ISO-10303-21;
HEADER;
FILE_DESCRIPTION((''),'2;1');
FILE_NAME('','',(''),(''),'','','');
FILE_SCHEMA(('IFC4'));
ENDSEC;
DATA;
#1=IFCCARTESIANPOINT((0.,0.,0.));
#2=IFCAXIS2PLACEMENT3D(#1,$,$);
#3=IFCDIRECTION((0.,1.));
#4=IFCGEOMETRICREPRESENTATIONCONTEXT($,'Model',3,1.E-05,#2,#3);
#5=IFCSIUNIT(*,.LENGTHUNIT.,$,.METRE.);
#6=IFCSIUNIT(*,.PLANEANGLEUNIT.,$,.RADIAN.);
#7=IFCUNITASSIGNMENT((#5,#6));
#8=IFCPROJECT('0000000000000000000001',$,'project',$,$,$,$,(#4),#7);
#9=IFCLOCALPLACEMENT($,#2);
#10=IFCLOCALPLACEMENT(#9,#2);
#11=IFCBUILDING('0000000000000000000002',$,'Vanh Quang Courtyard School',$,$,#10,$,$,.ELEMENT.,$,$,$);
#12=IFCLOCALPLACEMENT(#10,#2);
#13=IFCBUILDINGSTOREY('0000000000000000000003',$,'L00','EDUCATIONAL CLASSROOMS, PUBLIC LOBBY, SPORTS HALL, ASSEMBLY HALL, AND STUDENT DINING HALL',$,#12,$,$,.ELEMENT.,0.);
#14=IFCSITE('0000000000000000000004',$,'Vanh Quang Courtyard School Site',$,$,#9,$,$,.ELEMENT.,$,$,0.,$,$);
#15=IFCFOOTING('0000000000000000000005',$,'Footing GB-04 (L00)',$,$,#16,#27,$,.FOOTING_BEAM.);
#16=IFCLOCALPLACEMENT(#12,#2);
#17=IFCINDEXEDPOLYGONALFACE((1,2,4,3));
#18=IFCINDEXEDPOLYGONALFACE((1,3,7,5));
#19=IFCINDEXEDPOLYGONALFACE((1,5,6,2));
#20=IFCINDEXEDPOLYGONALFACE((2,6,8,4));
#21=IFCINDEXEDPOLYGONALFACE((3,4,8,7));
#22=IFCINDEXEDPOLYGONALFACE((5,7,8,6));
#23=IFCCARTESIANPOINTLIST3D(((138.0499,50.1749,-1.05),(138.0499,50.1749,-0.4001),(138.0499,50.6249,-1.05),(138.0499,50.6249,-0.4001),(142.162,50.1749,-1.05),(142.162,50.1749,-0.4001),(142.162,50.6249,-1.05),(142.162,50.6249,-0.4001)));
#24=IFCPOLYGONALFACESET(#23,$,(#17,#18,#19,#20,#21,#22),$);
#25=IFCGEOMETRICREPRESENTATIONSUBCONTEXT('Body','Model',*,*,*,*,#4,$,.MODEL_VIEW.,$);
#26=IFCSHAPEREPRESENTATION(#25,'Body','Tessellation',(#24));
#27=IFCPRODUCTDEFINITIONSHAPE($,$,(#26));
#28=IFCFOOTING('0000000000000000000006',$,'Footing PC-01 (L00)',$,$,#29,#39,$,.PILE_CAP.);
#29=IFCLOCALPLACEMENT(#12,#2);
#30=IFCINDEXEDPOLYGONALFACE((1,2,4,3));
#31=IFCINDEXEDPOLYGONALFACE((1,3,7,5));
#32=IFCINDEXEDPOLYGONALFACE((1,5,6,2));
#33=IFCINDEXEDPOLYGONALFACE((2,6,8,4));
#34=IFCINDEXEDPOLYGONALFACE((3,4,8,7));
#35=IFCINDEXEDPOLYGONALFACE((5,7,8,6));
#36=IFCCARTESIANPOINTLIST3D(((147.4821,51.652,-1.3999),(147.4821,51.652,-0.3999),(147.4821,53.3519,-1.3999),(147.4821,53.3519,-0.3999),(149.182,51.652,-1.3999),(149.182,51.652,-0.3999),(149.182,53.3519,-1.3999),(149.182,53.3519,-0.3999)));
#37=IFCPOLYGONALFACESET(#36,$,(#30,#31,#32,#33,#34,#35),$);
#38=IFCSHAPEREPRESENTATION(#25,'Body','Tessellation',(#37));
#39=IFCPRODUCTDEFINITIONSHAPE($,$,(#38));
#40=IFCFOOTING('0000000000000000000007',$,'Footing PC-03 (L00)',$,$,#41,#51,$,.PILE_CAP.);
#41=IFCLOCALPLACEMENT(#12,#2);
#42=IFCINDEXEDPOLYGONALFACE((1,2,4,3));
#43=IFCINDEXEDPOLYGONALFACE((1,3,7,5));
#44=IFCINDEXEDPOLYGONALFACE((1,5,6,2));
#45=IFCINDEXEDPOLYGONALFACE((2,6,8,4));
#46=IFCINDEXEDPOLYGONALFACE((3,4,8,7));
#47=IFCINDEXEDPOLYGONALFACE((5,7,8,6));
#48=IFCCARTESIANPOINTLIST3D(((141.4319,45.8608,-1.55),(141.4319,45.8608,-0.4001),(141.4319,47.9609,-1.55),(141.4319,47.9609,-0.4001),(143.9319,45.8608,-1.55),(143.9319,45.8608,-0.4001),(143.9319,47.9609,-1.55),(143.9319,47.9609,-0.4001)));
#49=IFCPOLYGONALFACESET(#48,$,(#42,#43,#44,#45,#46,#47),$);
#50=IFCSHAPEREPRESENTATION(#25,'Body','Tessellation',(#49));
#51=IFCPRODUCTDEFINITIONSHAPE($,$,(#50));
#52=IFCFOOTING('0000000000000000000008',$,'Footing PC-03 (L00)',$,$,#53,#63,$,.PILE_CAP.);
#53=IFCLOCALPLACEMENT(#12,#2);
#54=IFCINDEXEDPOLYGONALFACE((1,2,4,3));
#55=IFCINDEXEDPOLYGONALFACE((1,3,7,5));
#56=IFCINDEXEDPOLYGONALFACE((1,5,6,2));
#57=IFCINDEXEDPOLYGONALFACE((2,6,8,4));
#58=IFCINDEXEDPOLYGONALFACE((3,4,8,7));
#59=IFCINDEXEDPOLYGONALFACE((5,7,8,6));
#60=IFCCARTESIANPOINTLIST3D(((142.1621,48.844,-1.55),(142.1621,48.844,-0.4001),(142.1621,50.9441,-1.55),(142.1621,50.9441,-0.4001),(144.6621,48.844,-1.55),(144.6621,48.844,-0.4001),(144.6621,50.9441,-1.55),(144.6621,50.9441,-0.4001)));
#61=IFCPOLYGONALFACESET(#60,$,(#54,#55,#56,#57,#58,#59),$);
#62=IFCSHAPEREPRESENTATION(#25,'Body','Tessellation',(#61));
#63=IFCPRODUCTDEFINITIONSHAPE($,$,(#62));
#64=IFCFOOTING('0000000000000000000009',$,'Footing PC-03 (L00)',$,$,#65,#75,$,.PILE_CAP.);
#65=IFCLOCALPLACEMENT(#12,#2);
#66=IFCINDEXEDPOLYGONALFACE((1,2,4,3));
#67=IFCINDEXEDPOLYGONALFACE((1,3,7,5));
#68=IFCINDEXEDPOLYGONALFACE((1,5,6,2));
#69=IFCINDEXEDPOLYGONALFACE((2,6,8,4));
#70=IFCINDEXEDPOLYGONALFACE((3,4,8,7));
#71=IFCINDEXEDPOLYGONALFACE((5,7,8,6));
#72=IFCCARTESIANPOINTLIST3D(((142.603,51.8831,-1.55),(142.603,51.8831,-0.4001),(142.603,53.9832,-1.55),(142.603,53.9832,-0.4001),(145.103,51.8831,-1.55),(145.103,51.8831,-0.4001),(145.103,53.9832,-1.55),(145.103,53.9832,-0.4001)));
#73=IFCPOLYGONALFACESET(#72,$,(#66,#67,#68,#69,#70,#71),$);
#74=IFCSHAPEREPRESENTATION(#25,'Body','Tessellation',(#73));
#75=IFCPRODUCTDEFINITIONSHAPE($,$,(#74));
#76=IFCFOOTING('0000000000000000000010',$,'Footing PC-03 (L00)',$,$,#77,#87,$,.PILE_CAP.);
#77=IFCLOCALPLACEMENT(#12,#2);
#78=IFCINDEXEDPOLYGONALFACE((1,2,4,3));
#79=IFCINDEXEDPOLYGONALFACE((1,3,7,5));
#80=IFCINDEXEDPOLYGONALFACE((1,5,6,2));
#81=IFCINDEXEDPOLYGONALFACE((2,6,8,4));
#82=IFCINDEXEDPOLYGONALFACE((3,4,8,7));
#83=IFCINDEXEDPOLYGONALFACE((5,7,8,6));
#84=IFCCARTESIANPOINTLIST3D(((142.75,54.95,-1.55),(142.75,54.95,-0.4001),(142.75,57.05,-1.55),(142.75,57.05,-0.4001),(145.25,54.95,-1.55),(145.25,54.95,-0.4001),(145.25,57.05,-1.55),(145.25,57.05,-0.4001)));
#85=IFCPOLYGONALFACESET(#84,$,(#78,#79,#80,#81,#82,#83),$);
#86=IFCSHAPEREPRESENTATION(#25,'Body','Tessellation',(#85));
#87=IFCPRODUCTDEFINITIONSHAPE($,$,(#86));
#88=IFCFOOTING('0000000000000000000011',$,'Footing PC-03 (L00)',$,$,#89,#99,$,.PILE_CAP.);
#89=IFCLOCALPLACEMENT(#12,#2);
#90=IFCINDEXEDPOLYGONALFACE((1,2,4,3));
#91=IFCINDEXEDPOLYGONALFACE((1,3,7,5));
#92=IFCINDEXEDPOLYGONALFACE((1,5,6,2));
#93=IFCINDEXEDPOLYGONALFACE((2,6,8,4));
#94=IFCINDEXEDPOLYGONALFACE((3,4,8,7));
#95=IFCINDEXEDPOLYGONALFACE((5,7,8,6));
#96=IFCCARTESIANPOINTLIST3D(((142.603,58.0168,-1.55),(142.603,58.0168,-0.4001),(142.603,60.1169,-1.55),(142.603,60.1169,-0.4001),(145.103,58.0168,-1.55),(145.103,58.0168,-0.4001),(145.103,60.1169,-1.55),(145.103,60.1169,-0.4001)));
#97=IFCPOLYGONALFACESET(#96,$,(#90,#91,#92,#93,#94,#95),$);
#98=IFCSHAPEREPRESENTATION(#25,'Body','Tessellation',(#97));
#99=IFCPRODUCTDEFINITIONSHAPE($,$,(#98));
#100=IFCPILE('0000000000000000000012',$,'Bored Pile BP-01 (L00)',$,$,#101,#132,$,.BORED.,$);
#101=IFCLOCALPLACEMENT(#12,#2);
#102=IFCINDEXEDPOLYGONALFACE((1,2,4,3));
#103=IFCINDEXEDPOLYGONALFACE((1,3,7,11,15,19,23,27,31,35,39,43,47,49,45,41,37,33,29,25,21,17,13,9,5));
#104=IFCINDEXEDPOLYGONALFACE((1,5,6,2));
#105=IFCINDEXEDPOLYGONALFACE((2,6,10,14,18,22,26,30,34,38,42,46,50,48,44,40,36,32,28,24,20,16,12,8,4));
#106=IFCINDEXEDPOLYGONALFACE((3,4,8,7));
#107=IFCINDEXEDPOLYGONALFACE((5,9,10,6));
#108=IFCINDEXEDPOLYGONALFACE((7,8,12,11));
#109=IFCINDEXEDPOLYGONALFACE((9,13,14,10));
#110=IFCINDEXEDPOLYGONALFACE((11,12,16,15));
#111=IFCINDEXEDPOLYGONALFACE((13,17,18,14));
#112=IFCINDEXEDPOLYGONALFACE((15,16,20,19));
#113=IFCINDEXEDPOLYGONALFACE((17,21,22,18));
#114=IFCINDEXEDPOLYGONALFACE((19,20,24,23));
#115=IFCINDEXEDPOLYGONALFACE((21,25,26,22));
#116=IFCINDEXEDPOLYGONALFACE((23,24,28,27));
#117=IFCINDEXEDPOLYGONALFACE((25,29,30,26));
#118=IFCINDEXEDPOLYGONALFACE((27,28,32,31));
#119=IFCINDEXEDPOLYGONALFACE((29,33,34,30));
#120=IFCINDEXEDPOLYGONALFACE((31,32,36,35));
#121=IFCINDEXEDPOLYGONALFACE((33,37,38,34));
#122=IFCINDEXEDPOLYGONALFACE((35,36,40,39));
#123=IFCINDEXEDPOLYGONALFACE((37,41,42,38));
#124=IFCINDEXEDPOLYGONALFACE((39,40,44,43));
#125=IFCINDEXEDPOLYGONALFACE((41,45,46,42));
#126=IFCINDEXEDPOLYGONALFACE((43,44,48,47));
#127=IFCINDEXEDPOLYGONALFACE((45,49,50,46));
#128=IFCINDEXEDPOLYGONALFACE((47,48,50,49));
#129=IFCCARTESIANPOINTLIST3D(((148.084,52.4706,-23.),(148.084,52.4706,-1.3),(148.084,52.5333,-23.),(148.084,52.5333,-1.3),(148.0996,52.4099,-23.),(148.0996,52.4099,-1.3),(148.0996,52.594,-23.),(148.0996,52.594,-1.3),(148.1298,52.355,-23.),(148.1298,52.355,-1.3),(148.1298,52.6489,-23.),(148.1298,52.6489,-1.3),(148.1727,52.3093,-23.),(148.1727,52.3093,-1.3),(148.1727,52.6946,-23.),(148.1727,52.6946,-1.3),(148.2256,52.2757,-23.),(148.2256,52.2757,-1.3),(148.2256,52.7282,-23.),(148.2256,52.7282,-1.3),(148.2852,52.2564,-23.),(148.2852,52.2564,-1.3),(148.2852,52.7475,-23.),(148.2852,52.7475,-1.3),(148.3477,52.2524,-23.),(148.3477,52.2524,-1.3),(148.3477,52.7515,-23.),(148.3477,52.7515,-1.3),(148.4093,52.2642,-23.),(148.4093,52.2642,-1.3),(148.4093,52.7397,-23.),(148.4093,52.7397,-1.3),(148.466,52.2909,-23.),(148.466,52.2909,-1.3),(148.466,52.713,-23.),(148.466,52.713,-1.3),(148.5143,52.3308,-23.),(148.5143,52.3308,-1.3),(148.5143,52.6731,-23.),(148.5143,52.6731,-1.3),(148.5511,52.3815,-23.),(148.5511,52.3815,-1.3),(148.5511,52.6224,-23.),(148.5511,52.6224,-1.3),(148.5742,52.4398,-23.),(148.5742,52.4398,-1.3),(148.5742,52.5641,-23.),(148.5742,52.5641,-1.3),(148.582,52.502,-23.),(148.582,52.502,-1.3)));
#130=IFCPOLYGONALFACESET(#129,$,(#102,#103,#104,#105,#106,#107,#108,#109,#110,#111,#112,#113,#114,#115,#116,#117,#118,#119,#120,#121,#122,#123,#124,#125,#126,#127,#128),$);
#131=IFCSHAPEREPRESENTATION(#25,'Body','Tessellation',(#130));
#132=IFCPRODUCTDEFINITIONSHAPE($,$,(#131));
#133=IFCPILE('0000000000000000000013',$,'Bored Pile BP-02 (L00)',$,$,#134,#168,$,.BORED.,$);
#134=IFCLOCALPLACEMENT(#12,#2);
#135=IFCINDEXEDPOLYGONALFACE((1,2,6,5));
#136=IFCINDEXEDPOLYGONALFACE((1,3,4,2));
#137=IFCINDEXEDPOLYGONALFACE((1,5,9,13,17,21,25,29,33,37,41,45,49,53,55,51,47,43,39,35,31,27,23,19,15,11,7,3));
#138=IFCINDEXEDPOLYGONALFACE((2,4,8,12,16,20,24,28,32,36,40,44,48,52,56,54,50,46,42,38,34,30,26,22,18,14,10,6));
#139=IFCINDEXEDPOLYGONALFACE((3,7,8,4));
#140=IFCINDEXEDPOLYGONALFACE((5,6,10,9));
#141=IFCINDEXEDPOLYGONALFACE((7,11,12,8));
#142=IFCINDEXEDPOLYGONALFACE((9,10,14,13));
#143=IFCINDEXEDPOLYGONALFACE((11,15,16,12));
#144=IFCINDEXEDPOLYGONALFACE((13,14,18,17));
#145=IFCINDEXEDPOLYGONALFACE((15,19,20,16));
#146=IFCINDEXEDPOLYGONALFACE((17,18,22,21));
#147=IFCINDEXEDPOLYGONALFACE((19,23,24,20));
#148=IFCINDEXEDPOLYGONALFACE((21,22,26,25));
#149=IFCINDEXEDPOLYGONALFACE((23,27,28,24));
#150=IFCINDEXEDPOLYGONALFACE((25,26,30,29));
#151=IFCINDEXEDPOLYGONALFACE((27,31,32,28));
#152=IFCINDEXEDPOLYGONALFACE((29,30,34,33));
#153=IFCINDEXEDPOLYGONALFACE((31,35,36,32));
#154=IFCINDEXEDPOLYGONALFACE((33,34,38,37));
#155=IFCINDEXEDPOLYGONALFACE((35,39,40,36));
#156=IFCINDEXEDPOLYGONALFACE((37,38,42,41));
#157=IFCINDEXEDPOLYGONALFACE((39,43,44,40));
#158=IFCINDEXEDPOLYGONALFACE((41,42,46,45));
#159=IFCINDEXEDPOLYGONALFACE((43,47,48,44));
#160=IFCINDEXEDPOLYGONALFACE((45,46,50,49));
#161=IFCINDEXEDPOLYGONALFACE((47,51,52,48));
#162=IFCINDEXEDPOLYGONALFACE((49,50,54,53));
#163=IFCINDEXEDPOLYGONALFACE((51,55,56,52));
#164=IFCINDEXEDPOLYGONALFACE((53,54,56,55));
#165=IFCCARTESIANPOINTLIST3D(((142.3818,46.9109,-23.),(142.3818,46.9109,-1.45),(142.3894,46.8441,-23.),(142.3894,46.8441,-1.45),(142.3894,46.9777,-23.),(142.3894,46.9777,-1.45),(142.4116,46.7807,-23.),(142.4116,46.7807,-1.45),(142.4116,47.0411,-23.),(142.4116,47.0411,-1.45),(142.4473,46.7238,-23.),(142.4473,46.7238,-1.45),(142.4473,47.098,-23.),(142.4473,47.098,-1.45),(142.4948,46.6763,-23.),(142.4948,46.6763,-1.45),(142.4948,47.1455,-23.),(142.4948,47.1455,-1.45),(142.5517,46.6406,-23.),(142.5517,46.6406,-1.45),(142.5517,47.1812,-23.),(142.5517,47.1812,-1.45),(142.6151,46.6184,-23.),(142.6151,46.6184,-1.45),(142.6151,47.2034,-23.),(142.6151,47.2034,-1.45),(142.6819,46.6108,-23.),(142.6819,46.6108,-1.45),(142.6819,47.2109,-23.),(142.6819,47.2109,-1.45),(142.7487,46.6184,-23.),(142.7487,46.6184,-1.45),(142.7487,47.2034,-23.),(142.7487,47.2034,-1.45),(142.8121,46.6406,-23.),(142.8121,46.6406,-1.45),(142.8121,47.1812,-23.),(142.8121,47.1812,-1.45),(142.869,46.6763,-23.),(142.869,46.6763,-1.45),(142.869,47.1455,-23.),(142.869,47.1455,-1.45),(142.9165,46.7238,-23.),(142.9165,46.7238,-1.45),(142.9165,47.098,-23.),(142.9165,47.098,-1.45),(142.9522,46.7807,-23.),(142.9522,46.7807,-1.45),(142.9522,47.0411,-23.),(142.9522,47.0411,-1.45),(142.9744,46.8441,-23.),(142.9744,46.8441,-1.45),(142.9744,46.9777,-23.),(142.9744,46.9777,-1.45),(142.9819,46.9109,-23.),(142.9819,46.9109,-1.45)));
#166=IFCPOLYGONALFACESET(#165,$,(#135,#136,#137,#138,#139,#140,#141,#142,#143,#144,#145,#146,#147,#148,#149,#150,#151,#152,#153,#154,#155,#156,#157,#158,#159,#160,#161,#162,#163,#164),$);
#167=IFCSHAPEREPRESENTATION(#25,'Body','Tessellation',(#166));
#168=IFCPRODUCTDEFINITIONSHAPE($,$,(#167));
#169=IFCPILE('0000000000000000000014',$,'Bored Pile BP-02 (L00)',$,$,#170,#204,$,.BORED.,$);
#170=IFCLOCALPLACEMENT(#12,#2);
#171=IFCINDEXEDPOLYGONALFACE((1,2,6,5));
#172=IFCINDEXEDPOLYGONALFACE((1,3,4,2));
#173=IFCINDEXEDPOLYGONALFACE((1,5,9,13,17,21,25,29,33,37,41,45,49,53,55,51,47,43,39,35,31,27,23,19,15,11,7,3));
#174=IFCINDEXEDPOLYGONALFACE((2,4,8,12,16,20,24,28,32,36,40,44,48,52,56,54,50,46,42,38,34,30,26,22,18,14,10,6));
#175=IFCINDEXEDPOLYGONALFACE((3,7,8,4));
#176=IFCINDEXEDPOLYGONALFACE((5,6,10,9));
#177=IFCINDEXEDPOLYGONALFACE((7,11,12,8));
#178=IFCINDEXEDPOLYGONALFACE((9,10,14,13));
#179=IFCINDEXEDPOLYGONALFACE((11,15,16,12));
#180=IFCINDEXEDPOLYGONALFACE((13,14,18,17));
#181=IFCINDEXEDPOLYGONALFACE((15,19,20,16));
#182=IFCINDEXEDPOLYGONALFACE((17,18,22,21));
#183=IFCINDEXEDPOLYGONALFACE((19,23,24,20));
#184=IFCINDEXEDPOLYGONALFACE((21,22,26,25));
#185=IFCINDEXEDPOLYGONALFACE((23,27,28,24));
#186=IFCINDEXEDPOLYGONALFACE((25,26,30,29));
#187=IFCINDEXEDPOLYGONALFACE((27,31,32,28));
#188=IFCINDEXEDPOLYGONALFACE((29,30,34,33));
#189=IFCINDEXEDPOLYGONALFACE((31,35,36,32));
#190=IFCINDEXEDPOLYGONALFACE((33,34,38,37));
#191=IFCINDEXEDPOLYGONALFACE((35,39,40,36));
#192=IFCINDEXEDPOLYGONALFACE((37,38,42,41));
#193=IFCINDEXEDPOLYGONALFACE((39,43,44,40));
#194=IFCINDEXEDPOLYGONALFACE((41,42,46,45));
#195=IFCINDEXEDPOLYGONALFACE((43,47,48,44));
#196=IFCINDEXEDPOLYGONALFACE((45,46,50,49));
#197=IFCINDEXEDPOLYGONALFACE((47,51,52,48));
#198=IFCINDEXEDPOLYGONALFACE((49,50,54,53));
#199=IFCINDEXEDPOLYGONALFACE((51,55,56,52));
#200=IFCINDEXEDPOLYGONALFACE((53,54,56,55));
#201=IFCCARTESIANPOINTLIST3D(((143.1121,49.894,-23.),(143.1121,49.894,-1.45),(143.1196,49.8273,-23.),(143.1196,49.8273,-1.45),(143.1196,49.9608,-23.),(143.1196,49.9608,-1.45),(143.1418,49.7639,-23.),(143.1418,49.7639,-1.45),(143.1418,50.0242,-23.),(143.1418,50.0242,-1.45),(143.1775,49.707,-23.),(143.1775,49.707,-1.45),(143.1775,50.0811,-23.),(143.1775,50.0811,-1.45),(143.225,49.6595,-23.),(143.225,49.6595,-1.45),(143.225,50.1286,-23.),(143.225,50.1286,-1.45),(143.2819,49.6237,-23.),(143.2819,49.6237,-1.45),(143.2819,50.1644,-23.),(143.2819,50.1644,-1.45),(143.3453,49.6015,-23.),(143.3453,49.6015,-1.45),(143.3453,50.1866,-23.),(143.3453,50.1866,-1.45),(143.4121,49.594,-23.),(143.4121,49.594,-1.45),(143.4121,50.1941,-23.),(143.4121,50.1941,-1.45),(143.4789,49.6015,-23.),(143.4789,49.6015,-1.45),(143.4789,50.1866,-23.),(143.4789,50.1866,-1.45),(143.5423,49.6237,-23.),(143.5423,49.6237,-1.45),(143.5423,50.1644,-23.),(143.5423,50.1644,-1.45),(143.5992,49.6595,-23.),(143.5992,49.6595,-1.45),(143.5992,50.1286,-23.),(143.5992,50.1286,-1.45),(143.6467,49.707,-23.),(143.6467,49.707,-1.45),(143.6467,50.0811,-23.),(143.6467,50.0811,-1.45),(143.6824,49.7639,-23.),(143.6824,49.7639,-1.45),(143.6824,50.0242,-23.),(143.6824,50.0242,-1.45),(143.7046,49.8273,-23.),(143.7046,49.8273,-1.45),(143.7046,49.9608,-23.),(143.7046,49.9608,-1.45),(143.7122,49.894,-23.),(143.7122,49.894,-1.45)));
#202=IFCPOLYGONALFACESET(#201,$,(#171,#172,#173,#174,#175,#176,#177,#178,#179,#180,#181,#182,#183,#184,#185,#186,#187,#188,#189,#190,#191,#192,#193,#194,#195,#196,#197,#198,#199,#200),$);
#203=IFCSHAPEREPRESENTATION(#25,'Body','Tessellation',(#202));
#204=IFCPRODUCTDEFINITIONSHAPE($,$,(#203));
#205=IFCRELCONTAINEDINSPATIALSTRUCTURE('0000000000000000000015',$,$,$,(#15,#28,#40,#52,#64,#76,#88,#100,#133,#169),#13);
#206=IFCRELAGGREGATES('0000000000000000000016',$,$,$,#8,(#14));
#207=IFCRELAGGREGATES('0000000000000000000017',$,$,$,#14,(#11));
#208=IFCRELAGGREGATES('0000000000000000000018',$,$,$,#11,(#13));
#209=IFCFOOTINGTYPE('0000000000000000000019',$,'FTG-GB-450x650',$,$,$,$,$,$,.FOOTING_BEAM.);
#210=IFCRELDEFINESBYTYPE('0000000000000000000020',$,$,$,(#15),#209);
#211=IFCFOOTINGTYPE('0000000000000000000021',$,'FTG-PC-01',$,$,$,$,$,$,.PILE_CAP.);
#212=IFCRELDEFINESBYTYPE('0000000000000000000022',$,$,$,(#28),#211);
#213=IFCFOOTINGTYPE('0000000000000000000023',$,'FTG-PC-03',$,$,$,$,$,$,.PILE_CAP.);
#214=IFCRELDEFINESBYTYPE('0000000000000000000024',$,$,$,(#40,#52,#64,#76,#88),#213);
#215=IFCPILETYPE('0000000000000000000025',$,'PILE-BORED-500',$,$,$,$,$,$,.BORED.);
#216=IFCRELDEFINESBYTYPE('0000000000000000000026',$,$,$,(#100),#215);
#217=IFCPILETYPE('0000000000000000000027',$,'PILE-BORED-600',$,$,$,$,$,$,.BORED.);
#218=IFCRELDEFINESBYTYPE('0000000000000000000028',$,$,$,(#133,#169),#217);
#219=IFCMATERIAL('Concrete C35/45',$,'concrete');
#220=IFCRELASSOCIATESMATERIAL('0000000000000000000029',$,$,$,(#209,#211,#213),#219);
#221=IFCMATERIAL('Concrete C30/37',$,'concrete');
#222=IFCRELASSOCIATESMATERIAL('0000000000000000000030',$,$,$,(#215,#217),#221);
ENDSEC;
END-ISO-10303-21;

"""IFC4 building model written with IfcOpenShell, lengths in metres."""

from ifc_helpers import new_model, si_unit, direction, frame, origin, origin_2d, place, context, subcontext, project, spatial, rectangle, circle, extrude, material, material_profile, profile_set, type_object, element, save


model = new_model("IFC4")

# Units and contexts
model_context = context("Model", 3, precision=1e-05, world=origin(), true_north=direction((0.0, 1.0)))
body_context = subcontext(model_context, "Body", "Model", "MODEL_VIEW")
ifc_project = project(units=[si_unit("LENGTHUNIT", "METRE"), si_unit("PLANEANGLEUNIT", "RADIAN")], contexts=[model_context])

# Site, building, storey
site_placement = place(None, origin())
site = spatial("IfcSite", under=ifc_project, at=site_placement, Name="Vanh Quang Courtyard School Site", CompositionType="ELEMENT", RefElevation=0.0)
building_placement = place(site_placement, origin())
building = spatial("IfcBuilding", under=site, at=building_placement, Name="Vanh Quang Courtyard School", CompositionType="ELEMENT")
storey_placement = place(building_placement, origin())
storey = spatial("IfcBuildingStorey", under=building, at=storey_placement, Name="L00", Description="EDUCATIONAL CLASSROOMS, PUBLIC LOBBY, SPORTS HALL, ASSEMBLY HALL, AND STUDENT DINING HALL", CompositionType="ELEMENT", Elevation=0.0)

# Footings
ifc_material_1 = material(Name="Concrete C35/45", Category="concrete")
footing_type_1 = type_object("IfcFootingType", Name="FTG-GB-450x650", PredefinedType="FOOTING_BEAM", material=ifc_material_1)
footing_1_placement = place(storey_placement, frame((140.106, 50.3999, -1.05), z_axis=(0.0, 0.0, 1.0), x_axis=(1.0, 0.0, 0.0)))
element("IfcFooting", 1, at=footing_1_placement, inside=storey, type_object=footing_type_1, Name="Footing GB-04 (L00)", PredefinedType="FOOTING_BEAM", context=body_context, shape_type="SweptSolid", body=[
    extrude(rectangle(XDim=4.1121, YDim=0.45, at=origin_2d()), origin(), (0.0, 0.0, 1.0), 0.6499),
])
footing_type_2 = type_object("IfcFootingType", Name="FTG-PC-01", PredefinedType="PILE_CAP", material=ifc_material_1)
footing_2_placement = place(storey_placement, frame((148.332, 52.502, -1.3999), z_axis=(0.0, 0.0, 1.0), x_axis=(1.0, 0.0, 0.0)))
element("IfcFooting", 2, at=footing_2_placement, inside=storey, type_object=footing_type_2, Name="Footing PC-01 (L00)", PredefinedType="PILE_CAP", context=body_context, shape_type="SweptSolid", body=[
    extrude(rectangle(XDim=1.7, YDim=1.7, at=origin_2d()), origin(), (0.0, 0.0, 1.0), 1.0),
])
footing_type_3 = type_object("IfcFootingType", Name="FTG-PC-03", PredefinedType="PILE_CAP", material=ifc_material_1)
for number, where, z_axis, x_axis, name in (
    (3, (142.6819, 46.9109, -1.55), (0.0, 0.0, 1.0), (1.0, 0.0, 0.0), "Footing PC-03 (L00)"),
    (4, (143.4121, 49.894, -1.55), (0.0, 0.0, 1.0), (1.0, 0.0, 0.0), "Footing PC-03 (L00)"),
    (5, (143.853, 52.9331, -1.55), (0.0, 0.0, 1.0), (1.0, 0.0, 0.0), "Footing PC-03 (L00)"),
    (6, (144.0, 56.0, -1.55), (0.0, 0.0, 1.0), (1.0, 0.0, 0.0), "Footing PC-03 (L00)"),
    (7, (143.853, 59.0669, -1.55), (0.0, 0.0, 1.0), (1.0, 0.0, 0.0), "Footing PC-03 (L00)"),
):
    element("IfcFooting", number, at=place(storey_placement, frame(where, z_axis=z_axis, x_axis=x_axis)), inside=storey, type_object=footing_type_3, Name=name, PredefinedType="PILE_CAP", context=body_context, shape_type="SweptSolid", body=[
        extrude(rectangle(XDim=2.5, YDim=2.1001, at=origin_2d()), origin(), (0.0, 0.0, 1.0), 1.1499),
    ])

# Piles
ifc_material_2 = material(Name="Concrete C30/37", Category="concrete")
ifc_material_profile_1 = material_profile(ifc_material_2, circle(Radius=0.25, at=origin_2d()), Name="PILE D500")
ifc_profile_set_1 = profile_set([ifc_material_profile_1], Name="Concrete C30/37")
pile_type_1 = type_object("IfcPileType", Name="PILE-BORED-500", PredefinedType="BORED", material=ifc_profile_set_1)
pile_placement = place(storey_placement, frame((148.332, 52.502, -1.3), z_axis=(0.0, 0.0, -1.0), x_axis=(1.0, 0.0, 0.0)))
element("IfcPile", 8, at=pile_placement, inside=storey, type_object=pile_type_1, Name="Bored Pile BP-01 (L00)", PredefinedType="BORED", context=body_context, shape_type="SweptSolid", body=[
    extrude(circle(Radius=0.25, at=origin_2d()), origin(), (0.0, 0.0, 1.0), 21.7),
])
ifc_material_profile_2 = material_profile(ifc_material_2, circle(Radius=0.3, at=origin_2d()), Name="PILE D600")
ifc_profile_set_2 = profile_set([ifc_material_profile_2], Name="Concrete C30/37")
pile_type_2 = type_object("IfcPileType", Name="PILE-BORED-600", PredefinedType="BORED", material=ifc_profile_set_2)
for number, where, z_axis, x_axis, name in (
    (9, (142.6819, 46.9109, -1.45), (0.0, 0.0, -1.0), (1.0, 0.0, 0.0), "Bored Pile BP-02 (L00)"),
    (10, (143.4121, 49.894, -1.45), (0.0, 0.0, -1.0), (1.0, 0.0, 0.0), "Bored Pile BP-02 (L00)"),
):
    element("IfcPile", number, at=place(storey_placement, frame(where, z_axis=z_axis, x_axis=x_axis)), inside=storey, type_object=pile_type_2, Name=name, PredefinedType="BORED", context=body_context, shape_type="SweptSolid", body=[
        extrude(circle(Radius=0.3, at=origin_2d()), origin(), (0.0, 0.0, 1.0), 21.55),
    ])

save(model, "model.ifc")
